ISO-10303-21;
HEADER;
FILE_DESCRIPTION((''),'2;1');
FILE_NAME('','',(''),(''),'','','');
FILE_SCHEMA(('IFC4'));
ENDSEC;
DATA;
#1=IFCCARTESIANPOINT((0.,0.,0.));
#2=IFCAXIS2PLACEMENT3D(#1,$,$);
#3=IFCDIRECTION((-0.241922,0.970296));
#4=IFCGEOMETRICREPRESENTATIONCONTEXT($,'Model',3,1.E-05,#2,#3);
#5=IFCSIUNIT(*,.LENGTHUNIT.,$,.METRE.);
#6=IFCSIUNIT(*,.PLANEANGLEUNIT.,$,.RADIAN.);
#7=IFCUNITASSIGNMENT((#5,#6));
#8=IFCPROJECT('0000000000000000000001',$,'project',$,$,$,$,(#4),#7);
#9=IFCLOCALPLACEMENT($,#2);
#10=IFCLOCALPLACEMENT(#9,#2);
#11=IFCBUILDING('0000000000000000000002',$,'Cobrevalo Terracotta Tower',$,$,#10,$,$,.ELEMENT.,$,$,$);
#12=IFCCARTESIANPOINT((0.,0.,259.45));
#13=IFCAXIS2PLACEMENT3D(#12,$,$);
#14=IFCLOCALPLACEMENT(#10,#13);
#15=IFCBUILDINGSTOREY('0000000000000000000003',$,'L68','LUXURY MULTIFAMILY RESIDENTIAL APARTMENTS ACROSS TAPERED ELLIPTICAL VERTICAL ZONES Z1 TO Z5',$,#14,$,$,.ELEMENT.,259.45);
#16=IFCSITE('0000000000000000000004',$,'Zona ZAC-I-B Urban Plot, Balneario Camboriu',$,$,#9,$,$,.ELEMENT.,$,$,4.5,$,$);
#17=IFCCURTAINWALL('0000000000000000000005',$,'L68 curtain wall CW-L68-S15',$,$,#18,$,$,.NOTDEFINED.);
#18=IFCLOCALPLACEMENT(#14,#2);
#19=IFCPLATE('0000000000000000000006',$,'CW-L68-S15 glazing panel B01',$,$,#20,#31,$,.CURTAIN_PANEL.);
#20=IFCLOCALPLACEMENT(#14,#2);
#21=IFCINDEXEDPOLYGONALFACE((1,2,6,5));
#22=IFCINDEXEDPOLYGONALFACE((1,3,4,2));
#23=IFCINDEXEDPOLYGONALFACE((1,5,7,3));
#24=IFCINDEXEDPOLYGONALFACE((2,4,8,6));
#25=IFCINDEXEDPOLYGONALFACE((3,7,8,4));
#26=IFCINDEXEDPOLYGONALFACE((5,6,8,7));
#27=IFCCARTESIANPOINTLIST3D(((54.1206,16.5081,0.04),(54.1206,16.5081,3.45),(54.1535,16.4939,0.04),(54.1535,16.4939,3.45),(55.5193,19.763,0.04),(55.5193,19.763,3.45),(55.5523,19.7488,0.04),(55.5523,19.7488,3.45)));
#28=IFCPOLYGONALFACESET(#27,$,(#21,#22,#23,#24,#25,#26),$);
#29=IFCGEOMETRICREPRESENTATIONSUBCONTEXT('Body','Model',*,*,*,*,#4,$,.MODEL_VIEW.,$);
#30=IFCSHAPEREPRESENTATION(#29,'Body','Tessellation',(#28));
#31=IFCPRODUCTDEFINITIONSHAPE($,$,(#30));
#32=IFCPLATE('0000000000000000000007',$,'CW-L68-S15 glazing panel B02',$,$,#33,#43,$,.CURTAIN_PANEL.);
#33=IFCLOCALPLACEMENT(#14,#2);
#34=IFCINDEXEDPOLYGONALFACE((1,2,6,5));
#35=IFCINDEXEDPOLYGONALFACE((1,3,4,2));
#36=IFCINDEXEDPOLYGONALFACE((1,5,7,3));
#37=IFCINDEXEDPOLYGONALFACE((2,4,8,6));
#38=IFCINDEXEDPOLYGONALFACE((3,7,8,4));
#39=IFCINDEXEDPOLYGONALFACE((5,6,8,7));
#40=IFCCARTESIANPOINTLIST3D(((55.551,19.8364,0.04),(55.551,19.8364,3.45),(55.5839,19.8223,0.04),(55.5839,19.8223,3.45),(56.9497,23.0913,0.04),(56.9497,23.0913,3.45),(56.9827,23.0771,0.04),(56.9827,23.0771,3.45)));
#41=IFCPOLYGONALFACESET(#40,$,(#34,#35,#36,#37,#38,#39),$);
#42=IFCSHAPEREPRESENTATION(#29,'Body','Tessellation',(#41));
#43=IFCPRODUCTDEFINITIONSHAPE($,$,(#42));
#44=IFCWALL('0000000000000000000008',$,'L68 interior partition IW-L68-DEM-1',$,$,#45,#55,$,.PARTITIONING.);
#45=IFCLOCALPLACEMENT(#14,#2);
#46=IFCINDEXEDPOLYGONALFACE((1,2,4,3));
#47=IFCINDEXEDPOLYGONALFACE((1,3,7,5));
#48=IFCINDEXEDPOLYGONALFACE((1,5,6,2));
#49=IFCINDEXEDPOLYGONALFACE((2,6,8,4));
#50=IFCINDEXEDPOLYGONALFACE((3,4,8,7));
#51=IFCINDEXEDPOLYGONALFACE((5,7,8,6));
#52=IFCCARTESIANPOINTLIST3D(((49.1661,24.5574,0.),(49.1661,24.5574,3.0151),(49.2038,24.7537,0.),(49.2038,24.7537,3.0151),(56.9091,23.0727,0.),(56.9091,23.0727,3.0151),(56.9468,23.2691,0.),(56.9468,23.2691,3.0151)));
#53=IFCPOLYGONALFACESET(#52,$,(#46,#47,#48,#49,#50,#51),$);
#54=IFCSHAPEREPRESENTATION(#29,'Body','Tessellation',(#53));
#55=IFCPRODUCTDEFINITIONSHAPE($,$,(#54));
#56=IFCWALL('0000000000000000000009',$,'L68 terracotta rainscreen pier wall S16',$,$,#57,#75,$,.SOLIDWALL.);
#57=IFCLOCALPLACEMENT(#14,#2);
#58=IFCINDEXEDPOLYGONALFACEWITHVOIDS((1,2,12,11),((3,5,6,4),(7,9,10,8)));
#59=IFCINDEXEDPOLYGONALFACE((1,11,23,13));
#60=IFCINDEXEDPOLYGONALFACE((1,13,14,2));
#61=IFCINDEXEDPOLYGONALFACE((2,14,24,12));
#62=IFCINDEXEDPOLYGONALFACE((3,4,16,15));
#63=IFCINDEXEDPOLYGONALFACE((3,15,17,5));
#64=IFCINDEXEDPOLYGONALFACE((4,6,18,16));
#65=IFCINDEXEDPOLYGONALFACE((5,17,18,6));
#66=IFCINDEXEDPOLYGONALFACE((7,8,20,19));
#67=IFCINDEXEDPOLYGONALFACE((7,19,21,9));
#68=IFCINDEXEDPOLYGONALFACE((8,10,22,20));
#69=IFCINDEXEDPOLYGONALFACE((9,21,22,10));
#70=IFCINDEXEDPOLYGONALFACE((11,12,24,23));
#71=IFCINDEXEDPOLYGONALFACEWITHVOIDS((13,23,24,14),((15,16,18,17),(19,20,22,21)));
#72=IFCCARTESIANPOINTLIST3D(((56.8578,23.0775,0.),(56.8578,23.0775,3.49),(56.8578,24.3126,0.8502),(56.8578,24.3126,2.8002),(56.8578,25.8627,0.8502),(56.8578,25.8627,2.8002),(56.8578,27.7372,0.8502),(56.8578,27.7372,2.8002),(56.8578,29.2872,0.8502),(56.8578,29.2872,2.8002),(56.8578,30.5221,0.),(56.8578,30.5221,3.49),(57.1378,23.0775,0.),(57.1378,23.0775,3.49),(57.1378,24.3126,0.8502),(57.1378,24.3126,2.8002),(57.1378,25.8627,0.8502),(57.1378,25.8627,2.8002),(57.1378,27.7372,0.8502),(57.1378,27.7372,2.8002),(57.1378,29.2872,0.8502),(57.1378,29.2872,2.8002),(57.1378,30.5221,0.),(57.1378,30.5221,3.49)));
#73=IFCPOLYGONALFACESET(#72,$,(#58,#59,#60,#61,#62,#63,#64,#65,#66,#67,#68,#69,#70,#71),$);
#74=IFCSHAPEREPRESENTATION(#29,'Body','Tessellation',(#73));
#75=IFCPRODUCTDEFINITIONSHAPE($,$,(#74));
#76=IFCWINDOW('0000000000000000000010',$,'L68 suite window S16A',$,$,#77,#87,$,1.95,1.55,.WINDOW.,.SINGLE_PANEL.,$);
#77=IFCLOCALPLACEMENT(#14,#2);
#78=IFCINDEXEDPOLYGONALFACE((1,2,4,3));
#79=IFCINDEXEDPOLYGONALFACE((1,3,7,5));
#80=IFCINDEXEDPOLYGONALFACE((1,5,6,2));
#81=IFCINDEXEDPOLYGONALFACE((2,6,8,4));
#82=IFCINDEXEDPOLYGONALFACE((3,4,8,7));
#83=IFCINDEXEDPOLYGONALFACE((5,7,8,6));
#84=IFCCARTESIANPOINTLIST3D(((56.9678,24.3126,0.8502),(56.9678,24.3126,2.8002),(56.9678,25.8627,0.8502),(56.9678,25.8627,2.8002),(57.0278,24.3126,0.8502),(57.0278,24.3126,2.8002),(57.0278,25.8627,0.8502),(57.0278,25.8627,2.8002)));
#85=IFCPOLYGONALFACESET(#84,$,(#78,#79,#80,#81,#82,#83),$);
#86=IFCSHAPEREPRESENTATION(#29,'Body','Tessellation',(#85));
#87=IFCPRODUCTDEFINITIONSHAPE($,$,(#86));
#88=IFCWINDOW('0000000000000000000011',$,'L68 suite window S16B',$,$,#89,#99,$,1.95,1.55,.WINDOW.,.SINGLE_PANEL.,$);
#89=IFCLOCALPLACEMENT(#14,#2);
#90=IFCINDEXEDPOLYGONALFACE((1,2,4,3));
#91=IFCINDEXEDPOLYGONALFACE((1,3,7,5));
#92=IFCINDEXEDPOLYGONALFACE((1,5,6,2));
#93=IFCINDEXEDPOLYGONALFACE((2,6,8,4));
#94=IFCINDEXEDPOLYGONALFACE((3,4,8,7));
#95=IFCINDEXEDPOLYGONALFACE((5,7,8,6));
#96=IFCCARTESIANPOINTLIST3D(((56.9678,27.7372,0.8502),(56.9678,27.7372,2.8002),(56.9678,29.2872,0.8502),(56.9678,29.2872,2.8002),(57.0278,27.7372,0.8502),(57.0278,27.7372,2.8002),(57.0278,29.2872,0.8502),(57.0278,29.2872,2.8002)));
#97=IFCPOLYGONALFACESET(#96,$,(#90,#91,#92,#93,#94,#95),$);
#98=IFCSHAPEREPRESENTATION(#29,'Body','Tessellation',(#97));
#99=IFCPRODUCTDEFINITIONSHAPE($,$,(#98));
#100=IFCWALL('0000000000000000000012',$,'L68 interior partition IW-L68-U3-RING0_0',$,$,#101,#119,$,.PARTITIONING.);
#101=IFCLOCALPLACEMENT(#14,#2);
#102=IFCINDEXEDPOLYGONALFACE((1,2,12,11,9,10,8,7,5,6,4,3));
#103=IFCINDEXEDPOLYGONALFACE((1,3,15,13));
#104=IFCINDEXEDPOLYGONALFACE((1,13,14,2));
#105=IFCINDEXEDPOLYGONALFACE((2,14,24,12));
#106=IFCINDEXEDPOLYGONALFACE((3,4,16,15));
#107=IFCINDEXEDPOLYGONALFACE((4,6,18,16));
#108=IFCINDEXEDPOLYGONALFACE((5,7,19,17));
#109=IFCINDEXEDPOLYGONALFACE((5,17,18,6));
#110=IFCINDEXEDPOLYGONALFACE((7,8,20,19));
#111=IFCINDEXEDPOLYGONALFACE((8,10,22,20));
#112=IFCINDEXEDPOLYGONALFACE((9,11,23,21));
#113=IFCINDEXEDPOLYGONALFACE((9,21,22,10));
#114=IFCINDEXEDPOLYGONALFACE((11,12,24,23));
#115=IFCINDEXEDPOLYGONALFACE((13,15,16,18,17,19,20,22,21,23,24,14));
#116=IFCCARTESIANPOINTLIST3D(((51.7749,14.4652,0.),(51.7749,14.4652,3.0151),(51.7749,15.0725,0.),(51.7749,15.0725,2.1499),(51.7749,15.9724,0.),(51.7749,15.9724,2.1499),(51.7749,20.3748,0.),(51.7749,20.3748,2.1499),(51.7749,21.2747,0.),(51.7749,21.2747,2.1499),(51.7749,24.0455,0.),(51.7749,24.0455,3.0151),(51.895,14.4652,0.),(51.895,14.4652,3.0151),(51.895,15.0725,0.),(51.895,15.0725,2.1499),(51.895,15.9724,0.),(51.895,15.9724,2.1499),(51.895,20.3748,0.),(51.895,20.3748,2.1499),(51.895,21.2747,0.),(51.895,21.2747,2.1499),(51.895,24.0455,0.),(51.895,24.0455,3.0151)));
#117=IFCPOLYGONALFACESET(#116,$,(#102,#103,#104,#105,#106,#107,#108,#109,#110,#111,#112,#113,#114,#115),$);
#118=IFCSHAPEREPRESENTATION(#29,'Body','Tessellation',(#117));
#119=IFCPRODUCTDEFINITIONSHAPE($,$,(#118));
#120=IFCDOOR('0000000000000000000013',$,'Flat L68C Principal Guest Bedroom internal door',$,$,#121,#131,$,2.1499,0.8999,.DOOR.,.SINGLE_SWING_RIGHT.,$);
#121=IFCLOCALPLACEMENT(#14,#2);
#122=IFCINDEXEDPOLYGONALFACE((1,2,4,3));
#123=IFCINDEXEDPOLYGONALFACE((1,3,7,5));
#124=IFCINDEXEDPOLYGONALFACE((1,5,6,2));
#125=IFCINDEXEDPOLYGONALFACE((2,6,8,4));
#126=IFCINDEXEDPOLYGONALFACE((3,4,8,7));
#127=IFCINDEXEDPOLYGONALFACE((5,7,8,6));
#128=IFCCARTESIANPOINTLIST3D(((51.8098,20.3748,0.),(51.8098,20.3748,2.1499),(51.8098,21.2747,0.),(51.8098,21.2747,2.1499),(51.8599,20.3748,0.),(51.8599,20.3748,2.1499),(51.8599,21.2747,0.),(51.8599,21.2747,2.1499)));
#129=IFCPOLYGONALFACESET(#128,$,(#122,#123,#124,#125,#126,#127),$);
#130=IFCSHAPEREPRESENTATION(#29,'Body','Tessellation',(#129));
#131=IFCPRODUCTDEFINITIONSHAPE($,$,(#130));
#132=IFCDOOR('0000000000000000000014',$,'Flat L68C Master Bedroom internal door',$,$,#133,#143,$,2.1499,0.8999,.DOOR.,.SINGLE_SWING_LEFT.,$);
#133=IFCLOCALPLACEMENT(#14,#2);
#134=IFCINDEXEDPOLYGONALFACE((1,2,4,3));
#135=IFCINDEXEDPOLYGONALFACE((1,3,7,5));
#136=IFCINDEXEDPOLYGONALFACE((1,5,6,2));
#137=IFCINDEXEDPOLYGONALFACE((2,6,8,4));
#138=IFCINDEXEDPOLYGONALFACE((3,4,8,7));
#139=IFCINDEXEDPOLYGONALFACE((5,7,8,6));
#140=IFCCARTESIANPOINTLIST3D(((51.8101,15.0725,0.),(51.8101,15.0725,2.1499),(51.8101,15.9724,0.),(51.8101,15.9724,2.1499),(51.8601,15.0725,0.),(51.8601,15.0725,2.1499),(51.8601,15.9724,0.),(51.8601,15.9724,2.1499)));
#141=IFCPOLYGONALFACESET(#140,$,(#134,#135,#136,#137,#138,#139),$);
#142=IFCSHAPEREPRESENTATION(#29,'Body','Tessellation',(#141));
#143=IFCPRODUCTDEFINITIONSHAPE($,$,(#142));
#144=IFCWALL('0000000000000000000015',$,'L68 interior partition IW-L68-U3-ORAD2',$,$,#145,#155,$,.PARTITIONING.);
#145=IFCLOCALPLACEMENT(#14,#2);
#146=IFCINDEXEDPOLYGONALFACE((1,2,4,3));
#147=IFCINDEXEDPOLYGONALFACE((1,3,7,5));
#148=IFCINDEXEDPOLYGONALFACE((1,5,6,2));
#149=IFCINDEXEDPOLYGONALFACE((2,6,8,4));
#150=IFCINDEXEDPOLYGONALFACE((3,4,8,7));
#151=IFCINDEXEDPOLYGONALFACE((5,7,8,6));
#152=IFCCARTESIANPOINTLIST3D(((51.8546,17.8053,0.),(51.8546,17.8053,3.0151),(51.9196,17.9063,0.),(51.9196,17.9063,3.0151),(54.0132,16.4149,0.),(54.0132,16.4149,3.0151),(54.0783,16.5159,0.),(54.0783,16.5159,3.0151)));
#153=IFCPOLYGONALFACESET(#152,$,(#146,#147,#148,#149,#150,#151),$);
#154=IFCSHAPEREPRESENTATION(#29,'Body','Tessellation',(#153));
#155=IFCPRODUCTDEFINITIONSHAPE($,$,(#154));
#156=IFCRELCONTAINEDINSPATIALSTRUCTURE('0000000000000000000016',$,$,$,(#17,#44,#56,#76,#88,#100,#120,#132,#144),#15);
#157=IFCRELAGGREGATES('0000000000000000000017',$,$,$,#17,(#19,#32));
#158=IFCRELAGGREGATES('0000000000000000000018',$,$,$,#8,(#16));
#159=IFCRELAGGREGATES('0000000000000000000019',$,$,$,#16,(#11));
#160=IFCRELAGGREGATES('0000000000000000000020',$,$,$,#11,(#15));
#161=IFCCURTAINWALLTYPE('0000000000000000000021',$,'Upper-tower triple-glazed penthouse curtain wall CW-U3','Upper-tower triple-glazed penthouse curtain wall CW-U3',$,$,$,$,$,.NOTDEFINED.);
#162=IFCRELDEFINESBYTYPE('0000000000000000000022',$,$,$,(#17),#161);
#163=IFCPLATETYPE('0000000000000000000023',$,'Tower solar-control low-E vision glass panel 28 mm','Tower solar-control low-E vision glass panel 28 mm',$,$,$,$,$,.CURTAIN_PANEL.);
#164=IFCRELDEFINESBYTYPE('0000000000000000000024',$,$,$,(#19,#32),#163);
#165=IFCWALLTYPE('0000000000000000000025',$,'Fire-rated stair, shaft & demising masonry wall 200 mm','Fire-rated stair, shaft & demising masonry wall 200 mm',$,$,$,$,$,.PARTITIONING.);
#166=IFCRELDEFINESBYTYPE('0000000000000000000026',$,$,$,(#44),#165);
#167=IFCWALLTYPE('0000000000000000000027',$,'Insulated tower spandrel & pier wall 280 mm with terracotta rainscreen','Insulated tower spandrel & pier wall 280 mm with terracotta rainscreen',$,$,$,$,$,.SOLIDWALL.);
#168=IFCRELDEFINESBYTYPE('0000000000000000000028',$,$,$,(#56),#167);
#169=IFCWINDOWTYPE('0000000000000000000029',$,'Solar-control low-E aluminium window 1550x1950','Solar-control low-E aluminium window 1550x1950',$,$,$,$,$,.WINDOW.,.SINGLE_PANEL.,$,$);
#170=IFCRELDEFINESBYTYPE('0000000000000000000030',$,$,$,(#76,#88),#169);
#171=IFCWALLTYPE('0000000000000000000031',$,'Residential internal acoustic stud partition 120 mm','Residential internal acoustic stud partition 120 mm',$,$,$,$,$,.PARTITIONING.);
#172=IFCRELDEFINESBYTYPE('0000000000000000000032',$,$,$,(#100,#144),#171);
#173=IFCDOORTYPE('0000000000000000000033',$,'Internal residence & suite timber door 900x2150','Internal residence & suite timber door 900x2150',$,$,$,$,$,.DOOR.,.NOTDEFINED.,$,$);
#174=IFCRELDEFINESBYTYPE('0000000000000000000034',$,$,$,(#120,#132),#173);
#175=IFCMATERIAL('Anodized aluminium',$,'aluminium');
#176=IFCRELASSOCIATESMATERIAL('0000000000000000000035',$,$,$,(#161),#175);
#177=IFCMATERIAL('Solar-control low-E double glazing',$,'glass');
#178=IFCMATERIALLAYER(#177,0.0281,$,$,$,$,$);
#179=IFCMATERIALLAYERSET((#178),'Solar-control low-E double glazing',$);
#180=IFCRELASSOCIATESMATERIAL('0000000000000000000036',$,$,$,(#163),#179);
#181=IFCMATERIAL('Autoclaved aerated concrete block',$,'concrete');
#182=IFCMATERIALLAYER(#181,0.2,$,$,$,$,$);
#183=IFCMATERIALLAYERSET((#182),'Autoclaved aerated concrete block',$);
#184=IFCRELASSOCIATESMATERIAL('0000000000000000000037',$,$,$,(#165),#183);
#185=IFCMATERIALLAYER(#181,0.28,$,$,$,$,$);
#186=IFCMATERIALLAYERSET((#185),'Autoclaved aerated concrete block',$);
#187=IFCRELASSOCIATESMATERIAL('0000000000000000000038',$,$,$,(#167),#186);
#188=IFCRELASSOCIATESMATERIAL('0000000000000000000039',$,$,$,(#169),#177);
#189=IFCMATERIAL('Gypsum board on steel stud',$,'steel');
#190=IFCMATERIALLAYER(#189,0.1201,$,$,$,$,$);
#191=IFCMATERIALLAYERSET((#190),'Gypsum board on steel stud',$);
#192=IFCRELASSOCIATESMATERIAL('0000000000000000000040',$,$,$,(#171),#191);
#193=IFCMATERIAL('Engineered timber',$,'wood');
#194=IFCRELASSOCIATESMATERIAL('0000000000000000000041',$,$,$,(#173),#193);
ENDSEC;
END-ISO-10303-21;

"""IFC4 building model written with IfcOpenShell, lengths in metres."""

from ifc_helpers import new_model, si_unit, direction, frame, frame_2d, origin, origin_2d, place, context, subcontext, project, spatial, rectangle, extrude, source, transform, mapped, material, layer, layer_set, type_object, element, fill, aggregate, save


model = new_model("IFC4")

# Units and contexts
model_context = context("Model", 3, precision=1e-05, world=origin(), true_north=direction((-0.241922, 0.970296)))
body_context = subcontext(model_context, "Body", "Model", "MODEL_VIEW")
ifc_project = project(units=[si_unit("LENGTHUNIT", "METRE"), si_unit("PLANEANGLEUNIT", "RADIAN")], contexts=[model_context])

# Site, building, storey
site_placement = place(None, origin())
site = spatial("IfcSite", under=ifc_project, at=site_placement, Name="Zona ZAC-I-B Urban Plot, Balneario Camboriu", CompositionType="ELEMENT", RefElevation=4.5)
building_placement = place(site_placement, origin())
building = spatial("IfcBuilding", under=site, at=building_placement, Name="Cobrevalo Terracotta Tower", CompositionType="ELEMENT")
storey_placement = place(building_placement, frame((0.0, 0.0, 259.45)))
storey = spatial("IfcBuildingStorey", under=building, at=storey_placement, Name="L68", Description="LUXURY MULTIFAMILY RESIDENTIAL APARTMENTS ACROSS TAPERED ELLIPTICAL VERTICAL ZONES Z1 TO Z5", CompositionType="ELEMENT", Elevation=259.45)

# Curtain wall, plates
ifc_material_1 = material(Name="Anodized aluminium", Category="aluminium")
curtain_wall_type = type_object("IfcCurtainWallType", Name="Upper-tower triple-glazed penthouse curtain wall CW-U3", Description="Upper-tower triple-glazed penthouse curtain wall CW-U3", PredefinedType="NOTDEFINED", material=ifc_material_1)
curtain_wall_placement = place(storey_placement, origin())
curtain_wall = element("IfcCurtainWall", 1, at=curtain_wall_placement, inside=storey, type_object=curtain_wall_type, Name="L68 curtain wall CW-L68-S15", PredefinedType="NOTDEFINED")
ifc_material_2 = material(Name="Solar-control low-E double glazing", Category="glass")
ifc_layer_1 = layer(ifc_material_2, 0.0281)
ifc_layer_set_1 = layer_set([ifc_layer_1], Name="Solar-control low-E double glazing")
plate_type = type_object("IfcPlateType", Name="Tower solar-control low-E vision glass panel 28 mm", Description="Tower solar-control low-E vision glass panel 28 mm", PredefinedType="CURTAIN_PANEL", material=ifc_layer_set_1)
shared_shape_1 = source(origin(), body_context, "Body", "SweptSolid", [
    extrude(rectangle(XDim=3.5427, YDim=0.0359, at=origin_2d()), origin(), (0.0, 0.0, 1.0), 3.4099),
])
plate_1_placement = place(storey_placement, frame((54.8364, 18.1284, 0.04), z_axis=(0.0, 0.0, 1.0), x_axis=(0.394829, 0.918755, 0.0)))
plate_1 = element("IfcPlate", 2, at=plate_1_placement, type_object=plate_type, Name="CW-L68-S15 glazing panel B01", PredefinedType="CURTAIN_PANEL", context=body_context, shape_type="MappedRepresentation", body=[
    mapped(shared_shape_1, transform((0.0, 0.0, 0.0), scale=1.0)),
])
plate_2_placement = place(storey_placement, frame((56.2668, 21.4568, 0.04), z_axis=(0.0, 0.0, 1.0), x_axis=(0.394829, 0.918755, 0.0)))
plate_2 = element("IfcPlate", 3, at=plate_2_placement, type_object=plate_type, Name="CW-L68-S15 glazing panel B02", PredefinedType="CURTAIN_PANEL", context=body_context, shape_type="MappedRepresentation", body=[
    mapped(shared_shape_1, transform((0.0, 0.0, 0.0), scale=1.0)),
])
aggregate(curtain_wall, [plate_1, plate_2])

# Wall
ifc_material_3 = material(Name="Autoclaved aerated concrete block", Category="concrete")
ifc_layer_2 = layer(ifc_material_3, 0.2)
ifc_layer_set_2 = layer_set([ifc_layer_2], Name="Autoclaved aerated concrete block")
wall_type_1 = type_object("IfcWallType", Name="Fire-rated stair, shaft & demising masonry wall 200 mm", Description="Fire-rated stair, shaft & demising masonry wall 200 mm", PredefinedType="PARTITIONING", material=ifc_layer_set_2)
wall_1_placement = place(storey_placement, frame((49.1851, 24.6555, 0.0), z_axis=(0.0, 0.0, 1.0), x_axis=(0.98211, -0.188309, 0.0)))
element("IfcWall", 4, at=wall_1_placement, inside=storey, type_object=wall_type_1, Name="L68 interior partition IW-L68-DEM-1", PredefinedType="PARTITIONING", context=body_context, shape_type="SweptSolid", body=[
    extrude(rectangle(XDim=7.884, YDim=0.2, at=frame_2d((3.9419, 0.0))), origin(), (0.0, 0.0, 1.0), 3.0151),
])

# Wall, openings, windows
ifc_layer_3 = layer(ifc_material_3, 0.28)
ifc_layer_set_3 = layer_set([ifc_layer_3], Name="Autoclaved aerated concrete block")
wall_type_2 = type_object("IfcWallType", Name="Insulated tower spandrel & pier wall 280 mm with terracotta rainscreen", Description="Insulated tower spandrel & pier wall 280 mm with terracotta rainscreen", PredefinedType="SOLIDWALL", material=ifc_layer_set_3)
wall_2_placement = place(storey_placement, frame((56.9978, 23.0776, 0.0), z_axis=(0.0, 0.0, 1.0), x_axis=(0.0, 1.0, 0.0)))
wall_2 = element("IfcWall", 5, at=wall_2_placement, inside=storey, type_object=wall_type_2, Name="L68 terracotta rainscreen pier wall S16", PredefinedType="SOLIDWALL", context=body_context, shape_type="SweptSolid", body=[
    extrude(rectangle(XDim=7.4446, YDim=0.28, at=frame_2d((3.7222, 0.0))), origin(), (0.0, 0.0, 1.0), 3.49),
])
opening_1_placement = place(wall_2_placement, frame((1.2351, 0.0, 0.8501)))
opening_1 = element("IfcOpeningElement", 6, at=opening_1_placement, cuts=wall_2, PredefinedType="OPENING", context=body_context, shape_type="SweptSolid", body=[
    extrude(rectangle(XDim=1.55, YDim=1.95, at=frame_2d((0.7749, 0.9751))), frame((0.0, 0.1499, 0.0), z_axis=(0.0, -1.0, 0.0), x_axis=(1.0, 0.0, 0.0)), (0.0, 0.0, 1.0), 0.3),
])
opening_2_placement = place(wall_2_placement, frame((4.6597, 0.0, 0.8501)))
opening_2 = element("IfcOpeningElement", 7, at=opening_2_placement, cuts=wall_2, PredefinedType="OPENING", context=body_context, shape_type="SweptSolid", body=[
    extrude(rectangle(XDim=1.55, YDim=1.95, at=frame_2d((0.7749, 0.9751))), frame((0.0, 0.1499, 0.0), z_axis=(0.0, -1.0, 0.0), x_axis=(1.0, 0.0, 0.0)), (0.0, 0.0, 1.0), 0.3),
])
window_type = type_object("IfcWindowType", Name="Solar-control low-E aluminium window 1550x1950", Description="Solar-control low-E aluminium window 1550x1950", PartitioningType="SINGLE_PANEL", PredefinedType="WINDOW", material=ifc_material_2)
shared_shape_2 = source(origin(), body_context, "Body", "SweptSolid", [
    extrude(rectangle(XDim=1.55, YDim=1.95, at=frame_2d((0.7749, 0.9751))), frame((0.0, 0.03, 0.0), z_axis=(0.0, -1.0, 0.0), x_axis=(1.0, 0.0, 0.0)), (0.0, 0.0, 1.0), 0.0601),
])
window_1_placement = place(opening_1_placement, origin())
window_1 = element("IfcWindow", 8, at=window_1_placement, inside=storey, type_object=window_type, Name="L68 suite window S16A", OverallHeight=1.95, OverallWidth=1.55, PartitioningType="SINGLE_PANEL", PredefinedType="WINDOW", context=body_context, shape_type="MappedRepresentation", body=[
    mapped(shared_shape_2, transform((0.0, 0.0, 0.0), scale=1.0)),
])
fill(opening_1, window_1)
window_2_placement = place(opening_2_placement, origin())
window_2 = element("IfcWindow", 9, at=window_2_placement, inside=storey, type_object=window_type, Name="L68 suite window S16B", OverallHeight=1.95, OverallWidth=1.55, PartitioningType="SINGLE_PANEL", PredefinedType="WINDOW", context=body_context, shape_type="MappedRepresentation", body=[
    mapped(shared_shape_2, transform((0.0, 0.0, 0.0), scale=1.0)),
])
fill(opening_2, window_2)

# Wall, openings, doors
ifc_material_4 = material(Name="Gypsum board on steel stud", Category="steel")
ifc_layer_4 = layer(ifc_material_4, 0.1201)
ifc_layer_set_4 = layer_set([ifc_layer_4], Name="Gypsum board on steel stud")
wall_type_3 = type_object("IfcWallType", Name="Residential internal acoustic stud partition 120 mm", Description="Residential internal acoustic stud partition 120 mm", PredefinedType="PARTITIONING", material=ifc_layer_set_4)
wall_3_placement = place(storey_placement, frame((51.835, 24.0454, 0.0), z_axis=(0.0, 0.0, 1.0), x_axis=(0.0, -1.0, 0.0)))
wall_3 = element("IfcWall", 10, at=wall_3_placement, inside=storey, type_object=wall_type_3, Name="L68 interior partition IW-L68-U3-RING0_0", PredefinedType="PARTITIONING", context=body_context, shape_type="SweptSolid", body=[
    extrude(rectangle(XDim=9.5803, YDim=0.1201, at=frame_2d((4.79, 0.0))), origin(), (0.0, 0.0, 1.0), 3.0151),
])
opening_3_placement = place(wall_3_placement, frame((2.7708, 0.0, 0.0)))
opening_3 = element("IfcOpeningElement", 11, at=opening_3_placement, cuts=wall_3, PredefinedType="OPENING", context=body_context, shape_type="SweptSolid", body=[
    extrude(rectangle(XDim=0.8999, YDim=2.1499, at=frame_2d((0.45, 1.075))), frame((0.0, 0.0701, 0.0), z_axis=(0.0, -1.0, 0.0), x_axis=(1.0, 0.0, 0.0)), (0.0, 0.0, 1.0), 0.1401),
])
opening_4_placement = place(wall_3_placement, frame((8.073, 0.0, 0.0)))
opening_4 = element("IfcOpeningElement", 12, at=opening_4_placement, cuts=wall_3, PredefinedType="OPENING", context=body_context, shape_type="SweptSolid", body=[
    extrude(rectangle(XDim=0.8999, YDim=2.1499, at=frame_2d((0.45, 1.075))), frame((0.0, 0.0701, 0.0), z_axis=(0.0, -1.0, 0.0), x_axis=(1.0, 0.0, 0.0)), (0.0, 0.0, 1.0), 0.1401),
])
ifc_material_5 = material(Name="Engineered timber", Category="wood")
door_type_1 = type_object("IfcDoorType", Name="Internal residence & suite timber door 900x2150", Description="Internal residence & suite timber door 900x2150", OperationType="NOTDEFINED", PredefinedType="DOOR", material=ifc_material_5)
shared_shape_3 = source(origin(), body_context, "Body", "SweptSolid", [
    extrude(rectangle(XDim=0.8999, YDim=2.1499, at=frame_2d((0.45, 1.075))), frame((0.0, 0.0249, 0.0), z_axis=(0.0, -1.0, 0.0), x_axis=(1.0, 0.0, 0.0)), (0.0, 0.0, 1.0), 0.05),
])
door_1_placement = place(opening_3_placement, origin())
door_1 = element("IfcDoor", 13, at=door_1_placement, inside=storey, type_object=door_type_1, Name="Flat L68C Principal Guest Bedroom internal door", OperationType="SINGLE_SWING_RIGHT", OverallHeight=2.1499, OverallWidth=0.8999, PredefinedType="DOOR", context=body_context, shape_type="MappedRepresentation", body=[
    mapped(shared_shape_3, transform((0.0, 0.0, 0.0), scale=1.0)),
])
fill(opening_3, door_1)
door_2_placement = place(opening_4_placement, frame((0.8999, 0.0, 0.0), z_axis=(0.0, 0.0, 1.0), x_axis=(-1.0, 0.0, 0.0)))
door_2 = element("IfcDoor", 14, at=door_2_placement, inside=storey, type_object=door_type_1, Name="Flat L68C Master Bedroom internal door", OperationType="SINGLE_SWING_LEFT", OverallHeight=2.1499, OverallWidth=0.8999, PredefinedType="DOOR", context=body_context, shape_type="MappedRepresentation", body=[
    mapped(shared_shape_3, transform((0.0, 0.0, 0.0), scale=1.0)),
])
fill(opening_4, door_2)

# Wall
wall_4_placement = place(storey_placement, frame((51.8872, 17.8557, 0.0), z_axis=(0.0, 0.0, 1.0), x_axis=(0.840709, -0.541488, 0.0)))
element("IfcWall", 15, at=wall_4_placement, inside=storey, type_object=wall_type_3, Name="L68 interior partition IW-L68-U3-ORAD2", PredefinedType="PARTITIONING", context=body_context, shape_type="SweptSolid", body=[
    extrude(rectangle(XDim=2.5676, YDim=0.1201, at=frame_2d((1.2837, 0.0))), origin(), (0.0, 0.0, 1.0), 3.0151),
])

save(model, "model.ifc")
